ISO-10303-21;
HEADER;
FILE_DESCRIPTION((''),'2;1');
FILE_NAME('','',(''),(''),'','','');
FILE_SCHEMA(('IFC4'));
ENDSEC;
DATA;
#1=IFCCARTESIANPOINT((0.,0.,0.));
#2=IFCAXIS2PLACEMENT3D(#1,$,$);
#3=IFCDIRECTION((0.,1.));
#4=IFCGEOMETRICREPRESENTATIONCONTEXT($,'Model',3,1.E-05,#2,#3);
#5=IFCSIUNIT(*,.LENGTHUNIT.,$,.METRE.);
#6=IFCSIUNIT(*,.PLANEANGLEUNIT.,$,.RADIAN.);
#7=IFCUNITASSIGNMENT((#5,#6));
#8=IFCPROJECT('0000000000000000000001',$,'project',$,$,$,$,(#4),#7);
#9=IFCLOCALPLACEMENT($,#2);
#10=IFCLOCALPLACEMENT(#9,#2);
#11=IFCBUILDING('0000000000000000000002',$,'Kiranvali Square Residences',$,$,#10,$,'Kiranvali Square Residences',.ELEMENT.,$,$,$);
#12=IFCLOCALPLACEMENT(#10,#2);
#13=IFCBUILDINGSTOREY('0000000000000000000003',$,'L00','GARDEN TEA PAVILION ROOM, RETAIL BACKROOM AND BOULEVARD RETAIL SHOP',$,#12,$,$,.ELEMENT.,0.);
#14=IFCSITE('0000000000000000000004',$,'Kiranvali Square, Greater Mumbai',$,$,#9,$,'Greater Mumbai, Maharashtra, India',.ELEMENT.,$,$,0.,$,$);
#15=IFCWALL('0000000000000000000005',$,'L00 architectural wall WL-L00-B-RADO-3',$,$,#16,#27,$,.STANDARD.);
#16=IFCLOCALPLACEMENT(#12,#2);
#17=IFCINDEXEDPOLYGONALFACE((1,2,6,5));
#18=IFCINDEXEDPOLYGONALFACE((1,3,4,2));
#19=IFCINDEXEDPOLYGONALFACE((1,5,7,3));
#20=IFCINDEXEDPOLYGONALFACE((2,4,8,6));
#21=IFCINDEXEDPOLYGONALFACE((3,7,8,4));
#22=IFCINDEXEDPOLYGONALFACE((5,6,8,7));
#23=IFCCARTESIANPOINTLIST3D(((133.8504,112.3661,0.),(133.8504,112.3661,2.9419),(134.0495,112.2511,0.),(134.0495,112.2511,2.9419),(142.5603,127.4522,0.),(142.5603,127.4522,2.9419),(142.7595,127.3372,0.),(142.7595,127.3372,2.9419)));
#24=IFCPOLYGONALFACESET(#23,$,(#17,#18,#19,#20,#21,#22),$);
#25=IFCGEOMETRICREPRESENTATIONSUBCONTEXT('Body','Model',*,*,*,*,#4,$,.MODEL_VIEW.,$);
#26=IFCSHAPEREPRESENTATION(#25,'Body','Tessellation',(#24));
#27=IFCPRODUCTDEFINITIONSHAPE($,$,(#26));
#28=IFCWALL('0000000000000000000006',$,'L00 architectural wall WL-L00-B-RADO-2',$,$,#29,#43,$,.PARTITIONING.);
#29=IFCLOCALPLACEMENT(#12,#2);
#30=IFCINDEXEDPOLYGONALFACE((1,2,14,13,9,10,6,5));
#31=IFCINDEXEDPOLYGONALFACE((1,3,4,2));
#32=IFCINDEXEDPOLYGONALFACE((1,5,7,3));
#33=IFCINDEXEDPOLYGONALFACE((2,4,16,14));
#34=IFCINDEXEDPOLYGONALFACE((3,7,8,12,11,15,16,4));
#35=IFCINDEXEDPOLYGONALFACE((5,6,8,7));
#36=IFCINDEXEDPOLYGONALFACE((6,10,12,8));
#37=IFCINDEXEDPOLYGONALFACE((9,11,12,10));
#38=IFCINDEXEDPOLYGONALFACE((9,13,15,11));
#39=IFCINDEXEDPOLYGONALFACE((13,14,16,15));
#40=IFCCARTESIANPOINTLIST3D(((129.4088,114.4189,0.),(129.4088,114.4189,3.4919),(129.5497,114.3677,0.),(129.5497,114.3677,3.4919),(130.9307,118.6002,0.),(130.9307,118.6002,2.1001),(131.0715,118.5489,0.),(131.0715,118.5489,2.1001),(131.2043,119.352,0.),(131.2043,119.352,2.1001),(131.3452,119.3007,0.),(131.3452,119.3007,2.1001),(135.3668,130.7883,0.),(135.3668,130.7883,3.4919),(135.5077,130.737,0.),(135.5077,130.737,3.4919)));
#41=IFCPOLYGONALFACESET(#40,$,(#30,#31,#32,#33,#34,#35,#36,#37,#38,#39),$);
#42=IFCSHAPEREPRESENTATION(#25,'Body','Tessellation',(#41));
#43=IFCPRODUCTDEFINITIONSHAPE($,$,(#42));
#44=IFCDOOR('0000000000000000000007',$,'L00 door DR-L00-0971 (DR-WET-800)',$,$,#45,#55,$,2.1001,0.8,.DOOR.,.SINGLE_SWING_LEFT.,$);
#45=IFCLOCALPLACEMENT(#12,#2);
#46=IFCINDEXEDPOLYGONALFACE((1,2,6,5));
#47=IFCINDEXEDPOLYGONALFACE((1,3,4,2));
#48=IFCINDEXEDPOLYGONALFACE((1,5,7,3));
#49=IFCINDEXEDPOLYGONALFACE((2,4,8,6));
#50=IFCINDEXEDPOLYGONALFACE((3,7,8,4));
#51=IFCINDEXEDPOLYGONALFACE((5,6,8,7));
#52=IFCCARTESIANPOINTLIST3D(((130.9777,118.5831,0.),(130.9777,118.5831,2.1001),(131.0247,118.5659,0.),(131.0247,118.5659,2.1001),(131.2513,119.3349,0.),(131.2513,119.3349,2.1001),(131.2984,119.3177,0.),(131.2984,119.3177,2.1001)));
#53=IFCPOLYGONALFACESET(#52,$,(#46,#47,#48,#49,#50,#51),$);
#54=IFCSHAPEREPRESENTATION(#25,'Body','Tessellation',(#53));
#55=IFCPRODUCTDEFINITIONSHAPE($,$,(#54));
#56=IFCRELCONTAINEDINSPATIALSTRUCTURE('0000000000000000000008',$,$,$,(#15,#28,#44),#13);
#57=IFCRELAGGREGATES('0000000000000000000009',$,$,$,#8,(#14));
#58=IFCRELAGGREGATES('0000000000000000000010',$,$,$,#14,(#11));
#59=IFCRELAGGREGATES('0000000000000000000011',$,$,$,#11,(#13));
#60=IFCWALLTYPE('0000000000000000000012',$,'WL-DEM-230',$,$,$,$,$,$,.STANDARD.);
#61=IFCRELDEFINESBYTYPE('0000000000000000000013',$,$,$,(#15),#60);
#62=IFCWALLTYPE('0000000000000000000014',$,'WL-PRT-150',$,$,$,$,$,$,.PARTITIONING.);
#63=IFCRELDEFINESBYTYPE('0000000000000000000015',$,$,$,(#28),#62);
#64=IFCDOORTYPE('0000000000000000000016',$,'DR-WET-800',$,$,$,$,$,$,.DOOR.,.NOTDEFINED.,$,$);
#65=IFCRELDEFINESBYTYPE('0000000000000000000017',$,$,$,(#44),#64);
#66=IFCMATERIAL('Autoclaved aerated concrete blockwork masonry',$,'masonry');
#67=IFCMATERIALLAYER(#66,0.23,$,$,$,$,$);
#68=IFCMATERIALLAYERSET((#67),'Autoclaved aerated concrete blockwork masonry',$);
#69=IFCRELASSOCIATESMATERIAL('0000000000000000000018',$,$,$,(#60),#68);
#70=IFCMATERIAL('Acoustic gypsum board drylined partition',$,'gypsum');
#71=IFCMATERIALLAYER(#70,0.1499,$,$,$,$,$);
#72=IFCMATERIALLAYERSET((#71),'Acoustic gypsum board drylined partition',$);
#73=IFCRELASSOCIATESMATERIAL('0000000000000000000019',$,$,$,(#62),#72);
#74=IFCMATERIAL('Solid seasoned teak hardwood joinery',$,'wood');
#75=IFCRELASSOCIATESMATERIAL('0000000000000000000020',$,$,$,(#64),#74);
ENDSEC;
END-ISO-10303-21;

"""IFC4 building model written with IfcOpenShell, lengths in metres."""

from ifc_helpers import new_model, si_unit, direction, frame, frame_2d, origin, place, context, subcontext, project, spatial, rectangle, extrude, material, layer, layer_set, type_object, element, fill, save


model = new_model("IFC4")

# Units and contexts
model_context = context("Model", 3, precision=1e-05, world=origin(), true_north=direction((0.0, 1.0)))
body_context = subcontext(model_context, "Body", "Model", "MODEL_VIEW")
ifc_project = project(units=[si_unit("LENGTHUNIT", "METRE"), si_unit("PLANEANGLEUNIT", "RADIAN")], contexts=[model_context])

# Site, building, storey
site_placement = place(None, origin())
site = spatial("IfcSite", under=ifc_project, at=site_placement, Name="Kiranvali Square, Greater Mumbai", LongName="Greater Mumbai, Maharashtra, India", CompositionType="ELEMENT", RefElevation=0.0)
building_placement = place(site_placement, origin())
building = spatial("IfcBuilding", under=site, at=building_placement, Name="Kiranvali Square Residences", LongName="Kiranvali Square Residences", CompositionType="ELEMENT")
storey_placement = place(building_placement, origin())
storey = spatial("IfcBuildingStorey", under=building, at=storey_placement, Name="L00", Description="GARDEN TEA PAVILION ROOM, RETAIL BACKROOM AND BOULEVARD RETAIL SHOP", CompositionType="ELEMENT", Elevation=0.0)

# Shared definitions
ifc_material_1 = material(Name="Autoclaved aerated concrete blockwork masonry", Category="masonry")

# Wall
ifc_layer_1 = layer(ifc_material_1, 0.23)
ifc_layer_set_1 = layer_set([ifc_layer_1], Name="Autoclaved aerated concrete blockwork masonry")
wall_type_1 = type_object("IfcWallType", Name="WL-DEM-230", PredefinedType="STANDARD", material=ifc_layer_set_1)
wall_1_placement = place(storey_placement, frame((133.95, 112.3086, 0.0), z_axis=(0.0, 0.0, 1.0), x_axis=(0.499998, 0.866027, 0.0)))
element("IfcWall", 1, at=wall_1_placement, inside=storey, type_object=wall_type_1, Name="L00 architectural wall WL-L00-B-RADO-3", PredefinedType="STANDARD", context=body_context, shape_type="SweptSolid", body=[
    extrude(rectangle(XDim=17.4199, YDim=0.23, at=frame_2d((8.71, 0.0))), origin(), (0.0, 0.0, 1.0), 2.9419),
])

# Wall, opening, door
ifc_material_2 = material(Name="Acoustic gypsum board drylined partition", Category="gypsum")
ifc_layer_2 = layer(ifc_material_2, 0.1499)
ifc_layer_set_2 = layer_set([ifc_layer_2], Name="Acoustic gypsum board drylined partition")
wall_type_2 = type_object("IfcWallType", Name="WL-PRT-150", PredefinedType="PARTITIONING", material=ifc_layer_set_2)
wall_2_placement = place(storey_placement, frame((129.4792, 114.3933, 0.0), z_axis=(0.0, 0.0, 1.0), x_axis=(0.342022, 0.939692, 0.0)))
wall_2 = element("IfcWall", 2, at=wall_2_placement, inside=storey, type_object=wall_type_2, Name="L00 architectural wall WL-L00-B-RADO-2", PredefinedType="PARTITIONING", context=body_context, shape_type="SweptSolid", body=[
    extrude(rectangle(XDim=17.4199, YDim=0.1499, at=frame_2d((8.71, 0.0))), origin(), (0.0, 0.0, 1.0), 3.4919),
])
opening_1_placement = place(wall_2_placement, frame((4.4497, 0.0, 0.0)))
opening_1 = element("IfcOpeningElement", 3, at=opening_1_placement, cuts=wall_2, PredefinedType="OPENING", context=body_context, shape_type="SweptSolid", body=[
    extrude(rectangle(XDim=0.8, YDim=2.1001, at=frame_2d((0.3999, 1.05))), frame((0.0, 0.085, 0.0), z_axis=(0.0, -1.0, 0.0), x_axis=(1.0, 0.0, 0.0)), (0.0, 0.0, 1.0), 0.1699),
])
ifc_material_3 = material(Name="Solid seasoned teak hardwood joinery", Category="wood")
door_type_1 = type_object("IfcDoorType", Name="DR-WET-800", OperationType="NOTDEFINED", PredefinedType="DOOR", material=ifc_material_3)
door_1_placement = place(opening_1_placement, origin())
door_1 = element("IfcDoor", 4, at=door_1_placement, inside=storey, type_object=door_type_1, Name="L00 door DR-L00-0971 (DR-WET-800)", OperationType="SINGLE_SWING_LEFT", OverallHeight=2.1001, OverallWidth=0.8, PredefinedType="DOOR", context=body_context, shape_type="SweptSolid", body=[
    extrude(rectangle(XDim=0.8, YDim=2.1001, at=frame_2d((0.3999, 1.05))), frame((0.0, 0.0249, 0.0), z_axis=(0.0, -1.0, 0.0), x_axis=(1.0, 0.0, 0.0)), (0.0, 0.0, 1.0), 0.05),
])
fill(opening_1, door_1)

save(model, "model.ifc")
